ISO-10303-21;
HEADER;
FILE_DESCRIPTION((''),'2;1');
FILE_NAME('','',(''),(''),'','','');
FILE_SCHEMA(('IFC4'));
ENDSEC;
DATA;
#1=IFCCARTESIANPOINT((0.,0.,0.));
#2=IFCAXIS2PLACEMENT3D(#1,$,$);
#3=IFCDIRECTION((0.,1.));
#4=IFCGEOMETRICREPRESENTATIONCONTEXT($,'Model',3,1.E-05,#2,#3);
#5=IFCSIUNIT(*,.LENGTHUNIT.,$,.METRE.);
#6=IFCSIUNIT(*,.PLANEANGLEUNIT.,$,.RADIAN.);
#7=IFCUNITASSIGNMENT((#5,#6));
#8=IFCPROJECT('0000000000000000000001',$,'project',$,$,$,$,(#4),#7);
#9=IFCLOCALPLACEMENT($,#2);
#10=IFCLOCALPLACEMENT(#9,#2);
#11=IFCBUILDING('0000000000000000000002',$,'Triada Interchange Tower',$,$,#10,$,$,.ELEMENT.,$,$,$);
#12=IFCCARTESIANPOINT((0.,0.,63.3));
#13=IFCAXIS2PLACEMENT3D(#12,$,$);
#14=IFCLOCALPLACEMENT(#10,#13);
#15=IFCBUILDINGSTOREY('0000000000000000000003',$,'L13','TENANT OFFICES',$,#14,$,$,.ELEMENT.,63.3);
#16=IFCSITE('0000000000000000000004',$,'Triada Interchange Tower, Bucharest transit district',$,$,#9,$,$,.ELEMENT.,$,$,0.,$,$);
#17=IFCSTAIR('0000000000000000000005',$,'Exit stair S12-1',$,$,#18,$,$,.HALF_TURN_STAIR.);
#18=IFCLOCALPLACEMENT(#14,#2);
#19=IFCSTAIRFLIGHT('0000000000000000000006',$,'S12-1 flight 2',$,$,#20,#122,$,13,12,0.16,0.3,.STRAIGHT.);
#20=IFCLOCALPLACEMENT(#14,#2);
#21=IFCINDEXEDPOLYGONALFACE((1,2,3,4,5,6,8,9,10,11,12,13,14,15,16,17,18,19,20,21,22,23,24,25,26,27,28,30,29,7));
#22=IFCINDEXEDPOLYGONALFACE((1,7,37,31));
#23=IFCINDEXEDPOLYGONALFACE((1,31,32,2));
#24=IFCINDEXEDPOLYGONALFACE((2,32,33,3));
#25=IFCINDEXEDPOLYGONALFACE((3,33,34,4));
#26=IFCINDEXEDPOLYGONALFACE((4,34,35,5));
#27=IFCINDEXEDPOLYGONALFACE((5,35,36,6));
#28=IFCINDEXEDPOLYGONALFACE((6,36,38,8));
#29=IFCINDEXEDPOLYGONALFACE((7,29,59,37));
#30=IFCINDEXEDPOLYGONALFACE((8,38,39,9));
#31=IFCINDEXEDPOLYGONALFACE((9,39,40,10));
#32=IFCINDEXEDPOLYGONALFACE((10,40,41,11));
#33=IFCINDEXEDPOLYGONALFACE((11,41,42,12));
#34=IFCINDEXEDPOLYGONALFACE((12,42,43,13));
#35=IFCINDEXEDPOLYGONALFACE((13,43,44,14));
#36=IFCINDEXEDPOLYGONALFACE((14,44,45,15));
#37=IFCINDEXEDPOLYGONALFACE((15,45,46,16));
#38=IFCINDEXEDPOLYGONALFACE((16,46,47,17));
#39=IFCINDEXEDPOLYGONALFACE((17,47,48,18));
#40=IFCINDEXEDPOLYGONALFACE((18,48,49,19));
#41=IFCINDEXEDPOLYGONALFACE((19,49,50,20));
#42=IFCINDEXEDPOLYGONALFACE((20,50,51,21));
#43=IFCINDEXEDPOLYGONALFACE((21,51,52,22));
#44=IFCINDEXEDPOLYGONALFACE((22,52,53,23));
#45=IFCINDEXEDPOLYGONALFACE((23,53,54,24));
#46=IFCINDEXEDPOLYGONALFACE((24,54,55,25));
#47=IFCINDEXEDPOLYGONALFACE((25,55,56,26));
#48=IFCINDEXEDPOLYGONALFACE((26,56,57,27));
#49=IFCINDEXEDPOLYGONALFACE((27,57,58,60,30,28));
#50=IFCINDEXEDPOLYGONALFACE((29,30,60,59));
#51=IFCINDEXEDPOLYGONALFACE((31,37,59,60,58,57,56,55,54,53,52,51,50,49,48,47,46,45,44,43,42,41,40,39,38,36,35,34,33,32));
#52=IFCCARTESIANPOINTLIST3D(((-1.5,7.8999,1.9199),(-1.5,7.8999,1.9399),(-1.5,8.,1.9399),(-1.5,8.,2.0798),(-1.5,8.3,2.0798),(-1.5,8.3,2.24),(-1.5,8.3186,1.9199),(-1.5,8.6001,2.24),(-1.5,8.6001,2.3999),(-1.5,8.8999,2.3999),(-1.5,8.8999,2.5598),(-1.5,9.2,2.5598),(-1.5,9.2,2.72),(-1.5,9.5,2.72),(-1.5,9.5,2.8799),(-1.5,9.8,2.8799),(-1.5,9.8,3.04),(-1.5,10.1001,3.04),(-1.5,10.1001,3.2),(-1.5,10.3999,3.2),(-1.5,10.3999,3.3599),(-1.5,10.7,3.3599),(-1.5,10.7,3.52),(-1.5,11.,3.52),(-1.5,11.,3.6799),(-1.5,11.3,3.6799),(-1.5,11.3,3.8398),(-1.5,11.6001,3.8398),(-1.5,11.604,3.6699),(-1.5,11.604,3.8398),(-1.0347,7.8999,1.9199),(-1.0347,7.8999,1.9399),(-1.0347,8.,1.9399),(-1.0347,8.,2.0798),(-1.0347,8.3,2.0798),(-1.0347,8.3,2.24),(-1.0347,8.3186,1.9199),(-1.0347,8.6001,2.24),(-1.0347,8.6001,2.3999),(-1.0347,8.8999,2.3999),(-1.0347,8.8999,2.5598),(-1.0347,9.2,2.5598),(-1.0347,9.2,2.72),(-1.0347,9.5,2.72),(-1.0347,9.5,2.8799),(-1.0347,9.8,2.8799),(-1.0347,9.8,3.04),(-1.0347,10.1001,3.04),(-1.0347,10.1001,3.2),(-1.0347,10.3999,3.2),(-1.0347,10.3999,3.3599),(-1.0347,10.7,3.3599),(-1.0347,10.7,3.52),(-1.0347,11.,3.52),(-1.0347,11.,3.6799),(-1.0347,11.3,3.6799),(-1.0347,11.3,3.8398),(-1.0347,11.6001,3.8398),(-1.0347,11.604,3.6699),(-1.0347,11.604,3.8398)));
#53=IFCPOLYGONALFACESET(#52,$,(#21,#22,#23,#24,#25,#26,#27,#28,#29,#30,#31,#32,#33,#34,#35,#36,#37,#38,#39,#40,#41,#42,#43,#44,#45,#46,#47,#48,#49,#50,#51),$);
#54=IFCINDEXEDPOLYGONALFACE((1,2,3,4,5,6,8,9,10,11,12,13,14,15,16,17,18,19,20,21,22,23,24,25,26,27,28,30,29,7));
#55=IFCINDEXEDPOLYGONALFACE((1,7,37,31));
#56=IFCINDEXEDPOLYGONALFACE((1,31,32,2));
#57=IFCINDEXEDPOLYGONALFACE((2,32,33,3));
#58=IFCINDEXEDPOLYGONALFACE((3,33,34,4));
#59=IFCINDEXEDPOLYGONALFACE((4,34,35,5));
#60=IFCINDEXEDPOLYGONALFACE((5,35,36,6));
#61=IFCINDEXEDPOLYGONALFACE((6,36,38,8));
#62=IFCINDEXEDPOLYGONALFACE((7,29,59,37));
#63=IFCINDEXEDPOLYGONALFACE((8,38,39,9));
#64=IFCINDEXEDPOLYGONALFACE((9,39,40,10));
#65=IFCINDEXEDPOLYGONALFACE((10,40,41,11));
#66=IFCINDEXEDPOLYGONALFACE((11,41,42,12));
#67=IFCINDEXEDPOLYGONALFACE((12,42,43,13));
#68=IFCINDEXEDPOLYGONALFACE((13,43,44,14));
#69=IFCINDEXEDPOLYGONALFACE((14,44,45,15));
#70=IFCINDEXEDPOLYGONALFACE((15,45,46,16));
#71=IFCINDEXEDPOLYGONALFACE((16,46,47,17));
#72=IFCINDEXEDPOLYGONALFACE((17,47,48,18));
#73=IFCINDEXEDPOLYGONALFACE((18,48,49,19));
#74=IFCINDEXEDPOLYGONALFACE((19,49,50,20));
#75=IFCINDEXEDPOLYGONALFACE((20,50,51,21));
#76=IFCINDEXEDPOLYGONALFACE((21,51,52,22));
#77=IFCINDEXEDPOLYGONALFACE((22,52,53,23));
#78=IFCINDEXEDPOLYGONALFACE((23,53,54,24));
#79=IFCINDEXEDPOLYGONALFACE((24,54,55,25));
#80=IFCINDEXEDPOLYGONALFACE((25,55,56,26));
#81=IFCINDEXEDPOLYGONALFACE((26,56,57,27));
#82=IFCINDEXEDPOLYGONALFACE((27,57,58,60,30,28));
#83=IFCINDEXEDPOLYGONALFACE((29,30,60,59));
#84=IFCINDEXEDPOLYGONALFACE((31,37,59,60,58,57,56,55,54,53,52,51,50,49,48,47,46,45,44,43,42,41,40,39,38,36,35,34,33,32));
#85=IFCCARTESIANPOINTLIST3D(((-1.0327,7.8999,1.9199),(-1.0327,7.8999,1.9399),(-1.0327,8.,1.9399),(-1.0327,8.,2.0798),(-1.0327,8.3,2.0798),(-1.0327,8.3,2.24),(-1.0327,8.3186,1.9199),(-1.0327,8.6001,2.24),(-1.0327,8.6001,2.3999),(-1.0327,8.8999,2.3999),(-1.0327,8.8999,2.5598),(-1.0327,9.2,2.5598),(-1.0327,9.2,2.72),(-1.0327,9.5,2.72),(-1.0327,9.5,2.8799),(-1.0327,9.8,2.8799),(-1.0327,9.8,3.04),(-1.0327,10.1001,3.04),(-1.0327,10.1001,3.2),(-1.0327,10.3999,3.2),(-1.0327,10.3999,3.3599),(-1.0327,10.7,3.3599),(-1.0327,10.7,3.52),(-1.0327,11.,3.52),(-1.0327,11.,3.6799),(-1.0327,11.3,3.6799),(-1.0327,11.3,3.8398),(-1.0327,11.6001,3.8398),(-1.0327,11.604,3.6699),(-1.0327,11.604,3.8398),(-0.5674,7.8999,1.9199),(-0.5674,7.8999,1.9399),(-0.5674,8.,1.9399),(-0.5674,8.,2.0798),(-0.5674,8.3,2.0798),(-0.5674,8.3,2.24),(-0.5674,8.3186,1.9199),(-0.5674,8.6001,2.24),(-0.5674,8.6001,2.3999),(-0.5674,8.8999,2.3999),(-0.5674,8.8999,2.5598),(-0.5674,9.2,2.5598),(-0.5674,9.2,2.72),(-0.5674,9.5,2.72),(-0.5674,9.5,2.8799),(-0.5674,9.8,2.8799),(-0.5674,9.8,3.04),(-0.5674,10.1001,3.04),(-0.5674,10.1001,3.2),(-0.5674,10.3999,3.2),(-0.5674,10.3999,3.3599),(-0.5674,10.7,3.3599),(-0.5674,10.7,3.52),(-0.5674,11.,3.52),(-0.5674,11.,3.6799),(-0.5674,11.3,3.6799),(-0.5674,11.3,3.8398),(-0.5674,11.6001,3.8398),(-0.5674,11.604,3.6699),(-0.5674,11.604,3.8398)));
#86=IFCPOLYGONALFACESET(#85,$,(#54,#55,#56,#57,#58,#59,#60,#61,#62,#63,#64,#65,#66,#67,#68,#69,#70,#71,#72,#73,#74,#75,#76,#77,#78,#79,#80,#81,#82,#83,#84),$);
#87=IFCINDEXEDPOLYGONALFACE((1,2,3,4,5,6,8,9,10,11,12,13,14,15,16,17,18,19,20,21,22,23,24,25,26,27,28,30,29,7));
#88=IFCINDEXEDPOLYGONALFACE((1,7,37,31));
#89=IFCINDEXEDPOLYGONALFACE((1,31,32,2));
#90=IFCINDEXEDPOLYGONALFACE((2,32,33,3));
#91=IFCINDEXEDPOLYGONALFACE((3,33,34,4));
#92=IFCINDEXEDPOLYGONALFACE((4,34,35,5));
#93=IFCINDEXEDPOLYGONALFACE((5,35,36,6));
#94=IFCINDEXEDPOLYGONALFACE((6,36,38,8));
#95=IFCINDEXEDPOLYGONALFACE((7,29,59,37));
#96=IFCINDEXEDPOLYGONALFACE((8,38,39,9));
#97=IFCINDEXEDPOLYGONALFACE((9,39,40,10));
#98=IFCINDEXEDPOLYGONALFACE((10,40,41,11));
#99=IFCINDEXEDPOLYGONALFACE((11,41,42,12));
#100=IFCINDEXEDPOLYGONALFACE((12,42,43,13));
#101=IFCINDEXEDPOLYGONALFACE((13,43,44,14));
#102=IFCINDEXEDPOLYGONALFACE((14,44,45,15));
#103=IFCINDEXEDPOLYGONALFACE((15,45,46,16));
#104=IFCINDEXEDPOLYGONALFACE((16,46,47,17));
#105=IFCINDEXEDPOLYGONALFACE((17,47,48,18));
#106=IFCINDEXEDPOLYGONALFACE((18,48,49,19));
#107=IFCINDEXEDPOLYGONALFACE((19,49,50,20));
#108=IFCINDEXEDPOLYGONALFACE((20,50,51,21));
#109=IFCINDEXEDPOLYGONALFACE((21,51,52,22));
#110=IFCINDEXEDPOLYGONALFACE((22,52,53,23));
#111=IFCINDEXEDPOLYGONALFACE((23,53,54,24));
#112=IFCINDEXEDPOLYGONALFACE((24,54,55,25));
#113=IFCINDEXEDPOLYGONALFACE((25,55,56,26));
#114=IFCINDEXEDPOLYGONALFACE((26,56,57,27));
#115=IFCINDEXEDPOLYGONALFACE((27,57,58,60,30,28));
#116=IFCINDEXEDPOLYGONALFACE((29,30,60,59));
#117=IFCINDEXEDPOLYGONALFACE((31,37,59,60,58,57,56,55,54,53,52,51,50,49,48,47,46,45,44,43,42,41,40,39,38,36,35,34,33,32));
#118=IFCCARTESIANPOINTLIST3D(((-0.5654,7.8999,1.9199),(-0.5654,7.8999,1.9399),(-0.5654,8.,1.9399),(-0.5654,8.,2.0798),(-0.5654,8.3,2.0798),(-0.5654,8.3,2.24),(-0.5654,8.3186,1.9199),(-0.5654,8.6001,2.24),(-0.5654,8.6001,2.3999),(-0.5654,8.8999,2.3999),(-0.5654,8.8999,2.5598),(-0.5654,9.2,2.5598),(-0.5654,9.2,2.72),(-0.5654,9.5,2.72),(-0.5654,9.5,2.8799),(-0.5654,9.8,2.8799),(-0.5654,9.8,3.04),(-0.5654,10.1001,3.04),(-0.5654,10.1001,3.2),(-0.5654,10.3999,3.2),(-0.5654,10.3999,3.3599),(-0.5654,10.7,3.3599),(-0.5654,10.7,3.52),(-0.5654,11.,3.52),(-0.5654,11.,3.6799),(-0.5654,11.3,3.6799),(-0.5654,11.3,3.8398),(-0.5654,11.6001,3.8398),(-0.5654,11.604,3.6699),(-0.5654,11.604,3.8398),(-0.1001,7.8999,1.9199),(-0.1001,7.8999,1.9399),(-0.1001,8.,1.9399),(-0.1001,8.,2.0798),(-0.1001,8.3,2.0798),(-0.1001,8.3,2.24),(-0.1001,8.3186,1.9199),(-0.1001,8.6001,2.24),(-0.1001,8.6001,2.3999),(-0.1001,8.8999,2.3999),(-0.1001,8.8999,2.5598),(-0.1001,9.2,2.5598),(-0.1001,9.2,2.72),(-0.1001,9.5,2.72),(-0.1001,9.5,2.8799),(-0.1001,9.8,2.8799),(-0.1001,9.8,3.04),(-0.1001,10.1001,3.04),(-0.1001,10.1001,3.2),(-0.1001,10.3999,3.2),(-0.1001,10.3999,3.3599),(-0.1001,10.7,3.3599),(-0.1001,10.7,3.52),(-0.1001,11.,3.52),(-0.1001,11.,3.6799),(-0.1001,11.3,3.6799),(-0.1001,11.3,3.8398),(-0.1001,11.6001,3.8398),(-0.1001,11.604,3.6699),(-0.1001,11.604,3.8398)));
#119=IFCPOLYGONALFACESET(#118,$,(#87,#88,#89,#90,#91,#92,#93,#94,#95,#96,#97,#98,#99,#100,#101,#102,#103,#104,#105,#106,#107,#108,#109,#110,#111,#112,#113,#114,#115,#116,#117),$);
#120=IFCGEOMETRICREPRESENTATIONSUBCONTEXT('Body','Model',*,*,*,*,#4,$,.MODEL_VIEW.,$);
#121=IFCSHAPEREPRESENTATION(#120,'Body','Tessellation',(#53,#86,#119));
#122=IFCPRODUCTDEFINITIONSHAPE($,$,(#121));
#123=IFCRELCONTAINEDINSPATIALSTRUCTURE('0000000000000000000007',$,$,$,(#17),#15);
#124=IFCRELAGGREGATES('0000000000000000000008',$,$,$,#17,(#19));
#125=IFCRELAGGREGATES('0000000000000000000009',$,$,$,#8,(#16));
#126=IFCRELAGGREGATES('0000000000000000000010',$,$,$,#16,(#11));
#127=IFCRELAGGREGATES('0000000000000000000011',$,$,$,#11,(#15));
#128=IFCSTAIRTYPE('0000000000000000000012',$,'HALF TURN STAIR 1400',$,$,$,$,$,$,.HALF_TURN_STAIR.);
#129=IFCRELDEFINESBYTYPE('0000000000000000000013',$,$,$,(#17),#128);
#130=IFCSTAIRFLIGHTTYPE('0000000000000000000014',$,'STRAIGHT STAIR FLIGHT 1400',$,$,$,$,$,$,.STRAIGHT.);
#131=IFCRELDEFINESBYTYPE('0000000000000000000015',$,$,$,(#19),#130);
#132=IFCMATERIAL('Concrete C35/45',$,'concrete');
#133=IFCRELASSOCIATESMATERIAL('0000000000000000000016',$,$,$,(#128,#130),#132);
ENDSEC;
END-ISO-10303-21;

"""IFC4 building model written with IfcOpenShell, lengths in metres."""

from ifc_helpers import new_model, si_unit, direction, frame, origin, place, context, subcontext, project, spatial, polyline, outline, extrude, material, type_object, element, aggregate, save


model = new_model("IFC4")

# Units and contexts
model_context = context("Model", 3, precision=1e-05, world=origin(), true_north=direction((0.0, 1.0)))
body_context = subcontext(model_context, "Body", "Model", "MODEL_VIEW")
ifc_project = project(units=[si_unit("LENGTHUNIT", "METRE"), si_unit("PLANEANGLEUNIT", "RADIAN")], contexts=[model_context])

# Site, building, storey
site_placement = place(None, origin())
site = spatial("IfcSite", under=ifc_project, at=site_placement, Name="Triada Interchange Tower, Bucharest transit district", CompositionType="ELEMENT", RefElevation=0.0)
building_placement = place(site_placement, origin())
building = spatial("IfcBuilding", under=site, at=building_placement, Name="Triada Interchange Tower", CompositionType="ELEMENT")
storey_placement = place(building_placement, frame((0.0, 0.0, 63.3)))
storey = spatial("IfcBuildingStorey", under=building, at=storey_placement, Name="L13", Description="TENANT OFFICES", CompositionType="ELEMENT", Elevation=63.3)

# Stair, stair flight
ifc_material_1 = material(Name="Concrete C35/45", Category="concrete")
stair_type = type_object("IfcStairType", Name="HALF TURN STAIR 1400", PredefinedType="HALF_TURN_STAIR", material=ifc_material_1)
stair_placement = place(storey_placement, origin())
stair = element("IfcStair", 1, at=stair_placement, inside=storey, type_object=stair_type, Name="Exit stair S12-1", PredefinedType="HALF_TURN_STAIR")
stair_flight_type = type_object("IfcStairFlightType", Name="STRAIGHT STAIR FLIGHT 1400", PredefinedType="STRAIGHT", material=ifc_material_1)
stair_flight_placement = place(storey_placement, frame((-0.8, 8.0, 1.9199), z_axis=(0.0, 0.0, 1.0), x_axis=(0.0, 1.0, 0.0)))
stair_flight = element("IfcStairFlight", 2, at=stair_flight_placement, type_object=stair_flight_type, Name="S12-1 flight 2", NumberOfRisers=13, NumberOfTreads=12, PredefinedType="STRAIGHT", RiserHeight=0.16, TreadLength=0.3, context=body_context, shape_type="SweptSolid", body=[
    extrude(outline(polyline([(-0.1001, 0.0), (-0.1001, 0.02), (0.0, 0.02), (0.0, 0.1599), (0.3, 0.1599), (0.3, 0.3201), (0.6001, 0.3201), (0.6001, 0.48), (0.8999, 0.48), (0.8999, 0.6399), (1.2, 0.6399), (1.2, 0.8), (1.5, 0.8), (1.5, 0.96), (1.8, 0.96), (1.8, 1.1201), (2.1001, 1.1201), (2.1001, 1.28), (2.3999, 1.28), (2.3999, 1.4399), (2.7, 1.4399), (2.7, 1.6001), (3.0, 1.6001), (3.0, 1.76), (3.3, 1.76), (3.3, 1.9199), (3.6001, 1.9199), (3.604, 1.9199), (3.604, 2.0801), (3.604, 1.75), (0.3186, 0.0), (-0.1001, 0.0)])), frame((0.0, 0.7, 0.0), z_axis=(0.0, -1.0, 0.0), x_axis=(1.0, 0.0, 0.0)), (0.0, 0.0, 1.0), 0.4653),
    extrude(outline(polyline([(-0.1001, 0.0), (-0.1001, 0.02), (0.0, 0.02), (0.0, 0.1599), (0.3, 0.1599), (0.3, 0.3201), (0.6001, 0.3201), (0.6001, 0.48), (0.8999, 0.48), (0.8999, 0.6399), (1.2, 0.6399), (1.2, 0.8), (1.5, 0.8), (1.5, 0.96), (1.8, 0.96), (1.8, 1.1201), (2.1001, 1.1201), (2.1001, 1.28), (2.3999, 1.28), (2.3999, 1.4399), (2.7, 1.4399), (2.7, 1.6001), (3.0, 1.6001), (3.0, 1.76), (3.3, 1.76), (3.3, 1.9199), (3.6001, 1.9199), (3.604, 1.9199), (3.604, 2.0801), (3.604, 1.75), (0.3186, 0.0), (-0.1001, 0.0)])), frame((0.0, 0.2327, 0.0), z_axis=(0.0, -1.0, 0.0), x_axis=(1.0, 0.0, 0.0)), (0.0, 0.0, 1.0), 0.4653),
    extrude(outline(polyline([(-0.1001, 0.0), (-0.1001, 0.02), (0.0, 0.02), (0.0, 0.1599), (0.3, 0.1599), (0.3, 0.3201), (0.6001, 0.3201), (0.6001, 0.48), (0.8999, 0.48), (0.8999, 0.6399), (1.2, 0.6399), (1.2, 0.8), (1.5, 0.8), (1.5, 0.96), (1.8, 0.96), (1.8, 1.1201), (2.1001, 1.1201), (2.1001, 1.28), (2.3999, 1.28), (2.3999, 1.4399), (2.7, 1.4399), (2.7, 1.6001), (3.0, 1.6001), (3.0, 1.76), (3.3, 1.76), (3.3, 1.9199), (3.6001, 1.9199), (3.604, 1.9199), (3.604, 2.0801), (3.604, 1.75), (0.3186, 0.0), (-0.1001, 0.0)])), frame((0.0, -0.2346, 0.0), z_axis=(0.0, -1.0, 0.0), x_axis=(1.0, 0.0, 0.0)), (0.0, 0.0, 1.0), 0.4653),
])
aggregate(stair, [stair_flight])

save(model, "model.ifc")
